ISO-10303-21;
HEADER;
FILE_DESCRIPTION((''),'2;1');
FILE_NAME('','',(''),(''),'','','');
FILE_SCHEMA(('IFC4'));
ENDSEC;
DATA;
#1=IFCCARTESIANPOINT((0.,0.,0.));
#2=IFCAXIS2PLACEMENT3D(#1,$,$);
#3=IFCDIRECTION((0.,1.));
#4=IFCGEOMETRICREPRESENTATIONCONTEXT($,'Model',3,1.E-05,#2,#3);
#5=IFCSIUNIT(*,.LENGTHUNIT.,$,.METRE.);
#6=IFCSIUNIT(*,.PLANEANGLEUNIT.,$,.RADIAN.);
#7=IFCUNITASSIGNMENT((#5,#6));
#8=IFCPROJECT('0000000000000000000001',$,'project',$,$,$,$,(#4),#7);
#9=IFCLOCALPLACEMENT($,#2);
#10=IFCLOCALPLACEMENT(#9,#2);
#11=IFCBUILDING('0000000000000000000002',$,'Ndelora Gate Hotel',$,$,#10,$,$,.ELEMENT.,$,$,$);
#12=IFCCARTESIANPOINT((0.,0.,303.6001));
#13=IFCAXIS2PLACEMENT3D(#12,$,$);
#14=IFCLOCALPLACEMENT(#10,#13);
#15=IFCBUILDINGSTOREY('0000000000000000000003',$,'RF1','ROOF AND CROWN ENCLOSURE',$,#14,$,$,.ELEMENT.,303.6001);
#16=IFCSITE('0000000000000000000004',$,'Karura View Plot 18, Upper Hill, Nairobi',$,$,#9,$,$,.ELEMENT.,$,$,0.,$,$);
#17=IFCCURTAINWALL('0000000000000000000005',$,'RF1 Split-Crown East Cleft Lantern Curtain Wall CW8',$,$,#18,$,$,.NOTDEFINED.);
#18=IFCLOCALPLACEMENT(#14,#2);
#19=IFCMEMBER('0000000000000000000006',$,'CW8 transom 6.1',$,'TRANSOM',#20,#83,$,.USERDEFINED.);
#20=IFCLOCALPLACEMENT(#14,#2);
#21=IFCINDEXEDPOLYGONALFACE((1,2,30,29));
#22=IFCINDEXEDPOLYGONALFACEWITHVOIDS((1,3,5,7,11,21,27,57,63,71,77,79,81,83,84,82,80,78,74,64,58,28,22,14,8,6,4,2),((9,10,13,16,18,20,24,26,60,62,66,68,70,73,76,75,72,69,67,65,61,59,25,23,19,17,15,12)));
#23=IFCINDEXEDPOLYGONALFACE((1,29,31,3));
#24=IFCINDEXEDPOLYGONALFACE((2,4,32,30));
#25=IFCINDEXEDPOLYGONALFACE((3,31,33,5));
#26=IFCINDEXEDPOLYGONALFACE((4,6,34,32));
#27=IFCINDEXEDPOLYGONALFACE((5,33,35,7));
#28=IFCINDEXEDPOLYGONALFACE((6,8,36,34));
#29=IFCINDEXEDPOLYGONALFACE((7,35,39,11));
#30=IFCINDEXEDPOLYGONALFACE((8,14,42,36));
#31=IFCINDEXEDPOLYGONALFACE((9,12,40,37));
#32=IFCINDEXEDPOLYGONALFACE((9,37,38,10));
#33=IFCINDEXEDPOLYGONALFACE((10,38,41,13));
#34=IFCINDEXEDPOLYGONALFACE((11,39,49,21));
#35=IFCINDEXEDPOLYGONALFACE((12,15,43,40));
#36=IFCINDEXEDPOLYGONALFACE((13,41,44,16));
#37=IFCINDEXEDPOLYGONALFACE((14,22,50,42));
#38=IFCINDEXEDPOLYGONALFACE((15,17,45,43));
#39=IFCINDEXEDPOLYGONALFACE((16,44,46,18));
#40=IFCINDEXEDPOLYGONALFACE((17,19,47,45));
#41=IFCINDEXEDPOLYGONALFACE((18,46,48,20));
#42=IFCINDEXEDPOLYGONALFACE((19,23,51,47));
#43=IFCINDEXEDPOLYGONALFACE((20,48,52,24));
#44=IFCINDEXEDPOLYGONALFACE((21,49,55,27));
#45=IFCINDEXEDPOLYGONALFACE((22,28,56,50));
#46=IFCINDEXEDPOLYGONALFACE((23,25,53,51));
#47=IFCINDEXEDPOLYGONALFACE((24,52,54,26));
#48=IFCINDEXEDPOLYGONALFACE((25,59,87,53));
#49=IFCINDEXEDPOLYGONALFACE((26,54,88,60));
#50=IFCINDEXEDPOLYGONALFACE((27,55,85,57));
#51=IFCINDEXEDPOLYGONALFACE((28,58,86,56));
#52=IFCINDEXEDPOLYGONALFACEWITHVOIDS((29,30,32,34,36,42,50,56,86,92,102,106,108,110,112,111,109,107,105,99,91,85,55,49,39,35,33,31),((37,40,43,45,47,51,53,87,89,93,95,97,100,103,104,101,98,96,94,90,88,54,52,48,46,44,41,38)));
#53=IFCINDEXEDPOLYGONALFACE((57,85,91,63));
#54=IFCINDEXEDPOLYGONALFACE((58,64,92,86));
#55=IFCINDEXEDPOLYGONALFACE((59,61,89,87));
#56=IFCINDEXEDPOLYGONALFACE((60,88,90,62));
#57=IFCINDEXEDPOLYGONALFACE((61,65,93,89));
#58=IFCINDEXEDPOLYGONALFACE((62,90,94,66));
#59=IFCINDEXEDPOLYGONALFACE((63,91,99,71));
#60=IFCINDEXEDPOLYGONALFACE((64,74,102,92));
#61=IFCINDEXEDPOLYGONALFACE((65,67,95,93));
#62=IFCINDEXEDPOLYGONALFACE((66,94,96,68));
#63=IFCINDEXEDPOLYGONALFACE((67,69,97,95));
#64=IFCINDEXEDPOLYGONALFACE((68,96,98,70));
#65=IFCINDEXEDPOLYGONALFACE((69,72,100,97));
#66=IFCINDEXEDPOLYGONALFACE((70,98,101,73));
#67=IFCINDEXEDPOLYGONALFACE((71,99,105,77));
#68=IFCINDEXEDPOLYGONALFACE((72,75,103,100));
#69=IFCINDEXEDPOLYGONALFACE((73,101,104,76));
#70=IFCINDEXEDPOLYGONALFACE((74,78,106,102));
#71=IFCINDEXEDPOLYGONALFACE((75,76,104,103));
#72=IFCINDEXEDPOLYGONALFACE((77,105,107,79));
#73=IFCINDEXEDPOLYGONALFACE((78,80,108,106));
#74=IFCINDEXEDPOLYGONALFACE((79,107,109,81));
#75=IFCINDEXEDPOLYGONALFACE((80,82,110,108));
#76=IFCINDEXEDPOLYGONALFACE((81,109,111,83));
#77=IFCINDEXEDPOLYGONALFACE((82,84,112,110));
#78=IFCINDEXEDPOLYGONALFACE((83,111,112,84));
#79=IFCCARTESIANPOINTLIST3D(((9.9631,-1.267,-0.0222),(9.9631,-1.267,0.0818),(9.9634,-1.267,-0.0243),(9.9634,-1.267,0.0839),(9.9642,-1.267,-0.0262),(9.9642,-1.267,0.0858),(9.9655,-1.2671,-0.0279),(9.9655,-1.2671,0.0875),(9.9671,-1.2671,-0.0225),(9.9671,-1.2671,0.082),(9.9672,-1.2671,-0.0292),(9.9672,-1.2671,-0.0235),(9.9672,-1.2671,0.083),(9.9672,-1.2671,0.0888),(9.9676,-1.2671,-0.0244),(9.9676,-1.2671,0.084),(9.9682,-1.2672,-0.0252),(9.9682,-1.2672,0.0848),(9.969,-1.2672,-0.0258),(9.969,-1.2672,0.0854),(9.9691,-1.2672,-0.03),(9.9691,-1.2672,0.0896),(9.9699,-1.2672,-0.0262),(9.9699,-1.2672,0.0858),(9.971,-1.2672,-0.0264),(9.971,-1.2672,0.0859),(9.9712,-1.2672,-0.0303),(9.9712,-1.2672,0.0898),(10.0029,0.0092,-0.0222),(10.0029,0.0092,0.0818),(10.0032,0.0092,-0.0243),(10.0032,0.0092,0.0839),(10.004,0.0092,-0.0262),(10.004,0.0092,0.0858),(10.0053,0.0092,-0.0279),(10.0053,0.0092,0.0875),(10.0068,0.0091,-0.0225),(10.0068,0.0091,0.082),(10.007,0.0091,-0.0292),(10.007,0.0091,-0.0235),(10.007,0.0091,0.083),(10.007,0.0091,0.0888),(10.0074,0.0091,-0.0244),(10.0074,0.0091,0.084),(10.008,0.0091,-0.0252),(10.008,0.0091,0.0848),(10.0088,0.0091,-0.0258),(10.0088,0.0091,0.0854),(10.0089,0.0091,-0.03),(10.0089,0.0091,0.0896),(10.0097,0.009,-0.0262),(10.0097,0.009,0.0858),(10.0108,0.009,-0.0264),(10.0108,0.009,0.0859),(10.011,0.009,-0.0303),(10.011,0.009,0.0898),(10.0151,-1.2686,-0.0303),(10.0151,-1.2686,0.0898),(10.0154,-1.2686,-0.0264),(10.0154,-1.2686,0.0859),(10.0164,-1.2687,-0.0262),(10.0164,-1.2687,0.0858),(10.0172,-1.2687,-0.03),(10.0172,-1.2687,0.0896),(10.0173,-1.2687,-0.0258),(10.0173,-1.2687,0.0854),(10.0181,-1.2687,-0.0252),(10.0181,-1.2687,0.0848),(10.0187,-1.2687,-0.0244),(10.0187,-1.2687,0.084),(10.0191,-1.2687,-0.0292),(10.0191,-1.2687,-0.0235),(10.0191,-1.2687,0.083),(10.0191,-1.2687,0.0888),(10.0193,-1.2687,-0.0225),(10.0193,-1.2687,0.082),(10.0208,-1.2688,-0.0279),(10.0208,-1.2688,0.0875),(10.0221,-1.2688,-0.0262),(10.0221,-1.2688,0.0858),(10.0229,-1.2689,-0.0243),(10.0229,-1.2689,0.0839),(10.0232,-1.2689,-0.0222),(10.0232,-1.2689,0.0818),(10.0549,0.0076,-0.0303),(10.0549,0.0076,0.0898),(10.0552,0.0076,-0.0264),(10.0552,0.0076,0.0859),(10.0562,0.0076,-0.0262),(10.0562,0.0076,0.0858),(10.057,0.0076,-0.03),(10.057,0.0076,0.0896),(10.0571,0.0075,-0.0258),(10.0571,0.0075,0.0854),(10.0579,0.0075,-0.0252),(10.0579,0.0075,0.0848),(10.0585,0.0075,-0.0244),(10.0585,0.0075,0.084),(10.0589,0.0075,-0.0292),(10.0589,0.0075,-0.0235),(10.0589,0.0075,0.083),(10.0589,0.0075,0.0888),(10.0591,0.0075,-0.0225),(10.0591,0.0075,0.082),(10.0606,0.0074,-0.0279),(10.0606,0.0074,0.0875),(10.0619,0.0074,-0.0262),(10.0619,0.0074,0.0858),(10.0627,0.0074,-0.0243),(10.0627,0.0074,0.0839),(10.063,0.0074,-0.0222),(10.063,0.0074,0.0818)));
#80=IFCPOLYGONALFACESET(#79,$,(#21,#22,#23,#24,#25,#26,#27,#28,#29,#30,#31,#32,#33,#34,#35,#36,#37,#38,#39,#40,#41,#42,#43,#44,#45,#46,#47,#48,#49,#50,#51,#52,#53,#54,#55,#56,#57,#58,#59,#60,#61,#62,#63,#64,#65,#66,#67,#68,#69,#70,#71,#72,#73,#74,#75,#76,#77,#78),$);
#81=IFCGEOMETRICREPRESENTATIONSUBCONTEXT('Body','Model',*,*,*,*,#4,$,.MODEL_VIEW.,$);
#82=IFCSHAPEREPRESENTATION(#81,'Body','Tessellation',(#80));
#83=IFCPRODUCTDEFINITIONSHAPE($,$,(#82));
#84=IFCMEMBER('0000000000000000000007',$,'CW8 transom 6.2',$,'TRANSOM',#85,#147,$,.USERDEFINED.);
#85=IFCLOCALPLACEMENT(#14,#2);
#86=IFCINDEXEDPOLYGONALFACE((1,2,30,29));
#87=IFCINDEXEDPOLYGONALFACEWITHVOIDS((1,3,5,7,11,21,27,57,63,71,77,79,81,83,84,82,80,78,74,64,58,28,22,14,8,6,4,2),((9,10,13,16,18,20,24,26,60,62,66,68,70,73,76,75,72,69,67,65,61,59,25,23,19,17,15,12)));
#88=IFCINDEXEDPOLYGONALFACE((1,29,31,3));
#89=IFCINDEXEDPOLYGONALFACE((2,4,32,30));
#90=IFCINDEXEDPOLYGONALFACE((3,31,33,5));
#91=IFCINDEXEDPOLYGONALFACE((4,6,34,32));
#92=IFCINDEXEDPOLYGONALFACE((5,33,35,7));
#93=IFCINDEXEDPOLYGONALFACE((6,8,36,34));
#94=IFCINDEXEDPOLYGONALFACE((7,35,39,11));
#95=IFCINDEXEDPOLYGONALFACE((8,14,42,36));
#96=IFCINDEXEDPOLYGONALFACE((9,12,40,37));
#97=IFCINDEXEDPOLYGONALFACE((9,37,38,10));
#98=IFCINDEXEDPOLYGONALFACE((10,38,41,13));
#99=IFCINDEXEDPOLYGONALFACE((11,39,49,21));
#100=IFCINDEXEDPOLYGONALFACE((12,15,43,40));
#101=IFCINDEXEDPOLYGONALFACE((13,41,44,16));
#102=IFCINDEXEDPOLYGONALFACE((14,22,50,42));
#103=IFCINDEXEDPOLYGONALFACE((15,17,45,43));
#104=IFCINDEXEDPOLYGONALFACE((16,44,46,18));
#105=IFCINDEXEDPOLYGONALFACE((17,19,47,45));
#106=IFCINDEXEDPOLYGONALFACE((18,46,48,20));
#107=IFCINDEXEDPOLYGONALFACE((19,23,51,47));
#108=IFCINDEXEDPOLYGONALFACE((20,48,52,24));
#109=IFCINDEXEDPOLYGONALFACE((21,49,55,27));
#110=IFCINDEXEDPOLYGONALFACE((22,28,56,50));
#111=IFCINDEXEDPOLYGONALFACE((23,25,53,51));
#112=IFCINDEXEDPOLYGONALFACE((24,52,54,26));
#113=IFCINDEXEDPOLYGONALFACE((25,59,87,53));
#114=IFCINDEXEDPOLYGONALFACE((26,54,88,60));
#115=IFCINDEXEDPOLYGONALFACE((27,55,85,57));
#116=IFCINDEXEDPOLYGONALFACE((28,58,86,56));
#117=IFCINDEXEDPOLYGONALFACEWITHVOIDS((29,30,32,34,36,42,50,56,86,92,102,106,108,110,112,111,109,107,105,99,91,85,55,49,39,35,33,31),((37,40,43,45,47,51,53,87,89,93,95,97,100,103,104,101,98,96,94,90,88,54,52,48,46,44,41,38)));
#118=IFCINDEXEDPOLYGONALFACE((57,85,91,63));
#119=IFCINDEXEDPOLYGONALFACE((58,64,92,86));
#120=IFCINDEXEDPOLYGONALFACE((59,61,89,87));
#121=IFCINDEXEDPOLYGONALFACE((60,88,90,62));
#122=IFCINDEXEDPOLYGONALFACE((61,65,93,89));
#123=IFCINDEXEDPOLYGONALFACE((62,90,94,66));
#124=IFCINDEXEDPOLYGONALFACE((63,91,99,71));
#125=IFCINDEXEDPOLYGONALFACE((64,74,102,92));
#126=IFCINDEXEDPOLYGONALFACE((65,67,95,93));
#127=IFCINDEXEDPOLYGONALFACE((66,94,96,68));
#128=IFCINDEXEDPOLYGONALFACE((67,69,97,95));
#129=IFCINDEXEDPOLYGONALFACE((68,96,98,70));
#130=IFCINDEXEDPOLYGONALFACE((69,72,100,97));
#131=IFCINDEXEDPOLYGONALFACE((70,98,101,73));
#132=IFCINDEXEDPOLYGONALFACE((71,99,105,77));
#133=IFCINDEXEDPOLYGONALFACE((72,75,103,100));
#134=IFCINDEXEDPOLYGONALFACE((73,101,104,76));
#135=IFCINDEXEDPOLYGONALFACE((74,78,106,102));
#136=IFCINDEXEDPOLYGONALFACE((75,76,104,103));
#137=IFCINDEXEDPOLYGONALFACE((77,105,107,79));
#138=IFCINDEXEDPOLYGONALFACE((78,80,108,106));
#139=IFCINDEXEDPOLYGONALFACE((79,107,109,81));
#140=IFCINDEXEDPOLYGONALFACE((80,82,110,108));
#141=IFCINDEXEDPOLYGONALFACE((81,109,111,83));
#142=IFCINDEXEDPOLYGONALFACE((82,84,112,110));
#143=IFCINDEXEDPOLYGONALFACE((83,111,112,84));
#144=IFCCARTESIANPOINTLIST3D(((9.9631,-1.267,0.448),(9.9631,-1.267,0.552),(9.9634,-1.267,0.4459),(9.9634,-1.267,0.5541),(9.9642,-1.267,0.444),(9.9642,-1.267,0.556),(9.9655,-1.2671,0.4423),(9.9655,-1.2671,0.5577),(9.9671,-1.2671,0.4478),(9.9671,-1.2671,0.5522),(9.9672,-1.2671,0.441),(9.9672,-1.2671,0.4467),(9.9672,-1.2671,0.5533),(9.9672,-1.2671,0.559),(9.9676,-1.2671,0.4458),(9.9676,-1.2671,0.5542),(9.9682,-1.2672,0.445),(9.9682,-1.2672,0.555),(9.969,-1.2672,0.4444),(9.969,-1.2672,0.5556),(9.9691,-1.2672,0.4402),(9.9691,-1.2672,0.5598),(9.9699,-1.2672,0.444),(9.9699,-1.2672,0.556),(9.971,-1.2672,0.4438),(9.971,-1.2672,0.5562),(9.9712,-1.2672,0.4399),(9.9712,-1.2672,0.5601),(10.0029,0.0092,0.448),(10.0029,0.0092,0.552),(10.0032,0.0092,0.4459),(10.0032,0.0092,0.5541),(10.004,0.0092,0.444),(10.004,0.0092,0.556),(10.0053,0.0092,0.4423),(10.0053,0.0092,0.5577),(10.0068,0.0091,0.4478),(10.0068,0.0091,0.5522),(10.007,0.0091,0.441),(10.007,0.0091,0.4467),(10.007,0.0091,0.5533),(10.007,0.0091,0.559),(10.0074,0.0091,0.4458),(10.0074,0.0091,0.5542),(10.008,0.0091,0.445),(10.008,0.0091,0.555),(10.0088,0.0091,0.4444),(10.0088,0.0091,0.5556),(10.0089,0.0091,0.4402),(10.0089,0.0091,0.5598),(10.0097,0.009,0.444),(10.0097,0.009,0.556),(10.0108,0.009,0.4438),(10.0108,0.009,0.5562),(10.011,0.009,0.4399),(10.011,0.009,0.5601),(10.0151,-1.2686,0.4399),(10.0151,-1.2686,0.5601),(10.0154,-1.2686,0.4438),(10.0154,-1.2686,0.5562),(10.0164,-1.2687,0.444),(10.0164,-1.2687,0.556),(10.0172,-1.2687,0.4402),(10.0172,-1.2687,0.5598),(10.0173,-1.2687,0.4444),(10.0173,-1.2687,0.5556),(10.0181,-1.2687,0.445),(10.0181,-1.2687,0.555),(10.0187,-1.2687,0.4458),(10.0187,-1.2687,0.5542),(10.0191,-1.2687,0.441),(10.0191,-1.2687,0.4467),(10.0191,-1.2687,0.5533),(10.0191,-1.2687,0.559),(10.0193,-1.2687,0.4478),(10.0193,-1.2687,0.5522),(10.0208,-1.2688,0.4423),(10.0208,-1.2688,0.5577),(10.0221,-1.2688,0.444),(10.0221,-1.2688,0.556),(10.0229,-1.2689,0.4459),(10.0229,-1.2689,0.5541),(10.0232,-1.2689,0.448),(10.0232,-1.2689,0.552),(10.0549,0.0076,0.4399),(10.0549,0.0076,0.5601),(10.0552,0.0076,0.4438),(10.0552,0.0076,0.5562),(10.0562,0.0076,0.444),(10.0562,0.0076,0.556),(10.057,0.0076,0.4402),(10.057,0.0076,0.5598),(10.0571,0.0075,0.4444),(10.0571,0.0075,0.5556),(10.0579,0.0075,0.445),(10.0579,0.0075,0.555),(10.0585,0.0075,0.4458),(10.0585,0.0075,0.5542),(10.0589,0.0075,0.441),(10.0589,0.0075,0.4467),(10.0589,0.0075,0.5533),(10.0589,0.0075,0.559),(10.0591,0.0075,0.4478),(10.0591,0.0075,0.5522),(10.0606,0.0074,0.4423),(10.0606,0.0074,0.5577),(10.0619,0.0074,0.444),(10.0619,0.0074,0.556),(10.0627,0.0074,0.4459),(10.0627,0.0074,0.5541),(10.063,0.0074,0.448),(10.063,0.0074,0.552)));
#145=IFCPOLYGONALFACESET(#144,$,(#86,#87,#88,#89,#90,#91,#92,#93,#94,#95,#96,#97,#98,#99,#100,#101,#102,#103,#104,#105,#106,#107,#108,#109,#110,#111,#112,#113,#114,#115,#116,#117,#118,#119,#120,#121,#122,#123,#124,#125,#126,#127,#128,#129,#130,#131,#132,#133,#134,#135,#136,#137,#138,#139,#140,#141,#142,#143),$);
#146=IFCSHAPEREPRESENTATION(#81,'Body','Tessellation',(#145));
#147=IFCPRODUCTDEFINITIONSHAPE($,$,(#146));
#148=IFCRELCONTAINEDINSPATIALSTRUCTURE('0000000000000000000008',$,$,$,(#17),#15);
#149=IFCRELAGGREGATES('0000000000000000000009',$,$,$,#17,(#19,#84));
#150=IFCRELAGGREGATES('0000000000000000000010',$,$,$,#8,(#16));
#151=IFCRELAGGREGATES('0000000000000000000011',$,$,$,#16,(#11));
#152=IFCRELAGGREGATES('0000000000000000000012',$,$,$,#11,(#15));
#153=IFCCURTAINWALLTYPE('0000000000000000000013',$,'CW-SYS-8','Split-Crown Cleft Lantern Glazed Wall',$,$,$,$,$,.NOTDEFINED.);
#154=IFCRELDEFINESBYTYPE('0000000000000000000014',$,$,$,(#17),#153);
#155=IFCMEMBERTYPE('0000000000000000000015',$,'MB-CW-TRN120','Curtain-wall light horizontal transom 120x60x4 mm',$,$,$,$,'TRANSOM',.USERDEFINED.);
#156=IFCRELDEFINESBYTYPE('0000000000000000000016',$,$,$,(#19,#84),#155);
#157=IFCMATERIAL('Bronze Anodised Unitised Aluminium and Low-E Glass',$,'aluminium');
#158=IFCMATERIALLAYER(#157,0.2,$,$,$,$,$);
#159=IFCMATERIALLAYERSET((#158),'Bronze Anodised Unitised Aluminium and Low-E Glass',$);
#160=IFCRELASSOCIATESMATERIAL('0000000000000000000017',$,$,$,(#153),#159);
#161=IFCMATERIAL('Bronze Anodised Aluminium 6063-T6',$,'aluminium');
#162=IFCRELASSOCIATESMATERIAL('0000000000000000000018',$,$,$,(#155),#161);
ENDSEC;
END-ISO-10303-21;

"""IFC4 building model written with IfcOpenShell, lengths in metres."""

from ifc_helpers import new_model, si_unit, direction, frame, origin, origin_2d, place, context, subcontext, project, spatial, hollow_rectangle, extrude, material, layer, layer_set, material_profile, profile_set, type_object, element, aggregate, save


model = new_model("IFC4")

# Units and contexts
model_context = context("Model", 3, precision=1e-05, world=origin(), true_north=direction((0.0, 1.0)))
body_context = subcontext(model_context, "Body", "Model", "MODEL_VIEW")
ifc_project = project(units=[si_unit("LENGTHUNIT", "METRE"), si_unit("PLANEANGLEUNIT", "RADIAN")], contexts=[model_context])

# Site, building, storey
site_placement = place(None, origin())
site = spatial("IfcSite", under=ifc_project, at=site_placement, Name="Karura View Plot 18, Upper Hill, Nairobi", CompositionType="ELEMENT", RefElevation=0.0)
building_placement = place(site_placement, origin())
building = spatial("IfcBuilding", under=site, at=building_placement, Name="Ndelora Gate Hotel", CompositionType="ELEMENT")
storey_placement = place(building_placement, frame((0.0, 0.0, 303.6001)))
storey = spatial("IfcBuildingStorey", under=building, at=storey_placement, Name="RF1", Description="ROOF AND CROWN ENCLOSURE", CompositionType="ELEMENT", Elevation=303.6001)

# Curtain wall
ifc_material_1 = material(Name="Bronze Anodised Unitised Aluminium and Low-E Glass", Category="aluminium")
ifc_layer_1 = layer(ifc_material_1, 0.2)
ifc_layer_set_1 = layer_set([ifc_layer_1], Name="Bronze Anodised Unitised Aluminium and Low-E Glass")
curtain_wall_type = type_object("IfcCurtainWallType", Name="CW-SYS-8", Description="Split-Crown Cleft Lantern Glazed Wall", PredefinedType="NOTDEFINED", material=ifc_layer_set_1)
ifc_material_2 = material(Name="Bronze Anodised Aluminium 6063-T6", Category="aluminium")
curtain_wall_1_placement = place(storey_placement, origin())
curtain_wall_1 = element("IfcCurtainWall", 1, at=curtain_wall_1_placement, inside=storey, type_object=curtain_wall_type, Name="RF1 Split-Crown East Cleft Lantern Curtain Wall CW8", PredefinedType="NOTDEFINED")

# Members
ifc_material_profile_1 = material_profile(ifc_material_2, hollow_rectangle(XDim=0.0601, YDim=0.1201, WallThickness=0.0039, InnerFilletRadius=0.0039, OuterFilletRadius=0.0081, at=origin_2d()), Name="ALU 120x60x4")
ifc_profile_set_1 = profile_set([ifc_material_profile_1], Name="Bronze Anodised Aluminium 6063-T6")
member_type_1 = type_object("IfcMemberType", Name="MB-CW-TRN120", Description="Curtain-wall light horizontal transom 120x60x4 mm", ElementType="TRANSOM", PredefinedType="USERDEFINED", material=ifc_profile_set_1)
member_1_placement = place(storey_placement, frame((10.033, 0.0083, 0.0298), z_axis=(-0.031169, -0.999514, 0.0), x_axis=(0.999514, -0.031169, 0.0)))
member_1 = element("IfcMember", 2, at=member_1_placement, type_object=member_type_1, Name="CW8 transom 6.1", ObjectType="TRANSOM", PredefinedType="USERDEFINED", context=body_context, shape_type="SweptSolid", body=[
    extrude(hollow_rectangle(XDim=0.0601, YDim=0.1201, WallThickness=0.0039, InnerFilletRadius=0.0039, OuterFilletRadius=0.0081, at=origin_2d()), origin(), (0.0, 0.0, 1.0), 1.2769),
])
member_2_placement = place(storey_placement, frame((10.033, 0.0083, 0.5), z_axis=(-0.031169, -0.999514, 0.0), x_axis=(0.999514, -0.031169, 0.0)))
member_2 = element("IfcMember", 3, at=member_2_placement, type_object=member_type_1, Name="CW8 transom 6.2", ObjectType="TRANSOM", PredefinedType="USERDEFINED", context=body_context, shape_type="SweptSolid", body=[
    extrude(hollow_rectangle(XDim=0.0601, YDim=0.1201, WallThickness=0.0039, InnerFilletRadius=0.0039, OuterFilletRadius=0.0081, at=origin_2d()), origin(), (0.0, 0.0, 1.0), 1.2769),
])

aggregate(curtain_wall_1, [member_1, member_2])

save(model, "model.ifc")
